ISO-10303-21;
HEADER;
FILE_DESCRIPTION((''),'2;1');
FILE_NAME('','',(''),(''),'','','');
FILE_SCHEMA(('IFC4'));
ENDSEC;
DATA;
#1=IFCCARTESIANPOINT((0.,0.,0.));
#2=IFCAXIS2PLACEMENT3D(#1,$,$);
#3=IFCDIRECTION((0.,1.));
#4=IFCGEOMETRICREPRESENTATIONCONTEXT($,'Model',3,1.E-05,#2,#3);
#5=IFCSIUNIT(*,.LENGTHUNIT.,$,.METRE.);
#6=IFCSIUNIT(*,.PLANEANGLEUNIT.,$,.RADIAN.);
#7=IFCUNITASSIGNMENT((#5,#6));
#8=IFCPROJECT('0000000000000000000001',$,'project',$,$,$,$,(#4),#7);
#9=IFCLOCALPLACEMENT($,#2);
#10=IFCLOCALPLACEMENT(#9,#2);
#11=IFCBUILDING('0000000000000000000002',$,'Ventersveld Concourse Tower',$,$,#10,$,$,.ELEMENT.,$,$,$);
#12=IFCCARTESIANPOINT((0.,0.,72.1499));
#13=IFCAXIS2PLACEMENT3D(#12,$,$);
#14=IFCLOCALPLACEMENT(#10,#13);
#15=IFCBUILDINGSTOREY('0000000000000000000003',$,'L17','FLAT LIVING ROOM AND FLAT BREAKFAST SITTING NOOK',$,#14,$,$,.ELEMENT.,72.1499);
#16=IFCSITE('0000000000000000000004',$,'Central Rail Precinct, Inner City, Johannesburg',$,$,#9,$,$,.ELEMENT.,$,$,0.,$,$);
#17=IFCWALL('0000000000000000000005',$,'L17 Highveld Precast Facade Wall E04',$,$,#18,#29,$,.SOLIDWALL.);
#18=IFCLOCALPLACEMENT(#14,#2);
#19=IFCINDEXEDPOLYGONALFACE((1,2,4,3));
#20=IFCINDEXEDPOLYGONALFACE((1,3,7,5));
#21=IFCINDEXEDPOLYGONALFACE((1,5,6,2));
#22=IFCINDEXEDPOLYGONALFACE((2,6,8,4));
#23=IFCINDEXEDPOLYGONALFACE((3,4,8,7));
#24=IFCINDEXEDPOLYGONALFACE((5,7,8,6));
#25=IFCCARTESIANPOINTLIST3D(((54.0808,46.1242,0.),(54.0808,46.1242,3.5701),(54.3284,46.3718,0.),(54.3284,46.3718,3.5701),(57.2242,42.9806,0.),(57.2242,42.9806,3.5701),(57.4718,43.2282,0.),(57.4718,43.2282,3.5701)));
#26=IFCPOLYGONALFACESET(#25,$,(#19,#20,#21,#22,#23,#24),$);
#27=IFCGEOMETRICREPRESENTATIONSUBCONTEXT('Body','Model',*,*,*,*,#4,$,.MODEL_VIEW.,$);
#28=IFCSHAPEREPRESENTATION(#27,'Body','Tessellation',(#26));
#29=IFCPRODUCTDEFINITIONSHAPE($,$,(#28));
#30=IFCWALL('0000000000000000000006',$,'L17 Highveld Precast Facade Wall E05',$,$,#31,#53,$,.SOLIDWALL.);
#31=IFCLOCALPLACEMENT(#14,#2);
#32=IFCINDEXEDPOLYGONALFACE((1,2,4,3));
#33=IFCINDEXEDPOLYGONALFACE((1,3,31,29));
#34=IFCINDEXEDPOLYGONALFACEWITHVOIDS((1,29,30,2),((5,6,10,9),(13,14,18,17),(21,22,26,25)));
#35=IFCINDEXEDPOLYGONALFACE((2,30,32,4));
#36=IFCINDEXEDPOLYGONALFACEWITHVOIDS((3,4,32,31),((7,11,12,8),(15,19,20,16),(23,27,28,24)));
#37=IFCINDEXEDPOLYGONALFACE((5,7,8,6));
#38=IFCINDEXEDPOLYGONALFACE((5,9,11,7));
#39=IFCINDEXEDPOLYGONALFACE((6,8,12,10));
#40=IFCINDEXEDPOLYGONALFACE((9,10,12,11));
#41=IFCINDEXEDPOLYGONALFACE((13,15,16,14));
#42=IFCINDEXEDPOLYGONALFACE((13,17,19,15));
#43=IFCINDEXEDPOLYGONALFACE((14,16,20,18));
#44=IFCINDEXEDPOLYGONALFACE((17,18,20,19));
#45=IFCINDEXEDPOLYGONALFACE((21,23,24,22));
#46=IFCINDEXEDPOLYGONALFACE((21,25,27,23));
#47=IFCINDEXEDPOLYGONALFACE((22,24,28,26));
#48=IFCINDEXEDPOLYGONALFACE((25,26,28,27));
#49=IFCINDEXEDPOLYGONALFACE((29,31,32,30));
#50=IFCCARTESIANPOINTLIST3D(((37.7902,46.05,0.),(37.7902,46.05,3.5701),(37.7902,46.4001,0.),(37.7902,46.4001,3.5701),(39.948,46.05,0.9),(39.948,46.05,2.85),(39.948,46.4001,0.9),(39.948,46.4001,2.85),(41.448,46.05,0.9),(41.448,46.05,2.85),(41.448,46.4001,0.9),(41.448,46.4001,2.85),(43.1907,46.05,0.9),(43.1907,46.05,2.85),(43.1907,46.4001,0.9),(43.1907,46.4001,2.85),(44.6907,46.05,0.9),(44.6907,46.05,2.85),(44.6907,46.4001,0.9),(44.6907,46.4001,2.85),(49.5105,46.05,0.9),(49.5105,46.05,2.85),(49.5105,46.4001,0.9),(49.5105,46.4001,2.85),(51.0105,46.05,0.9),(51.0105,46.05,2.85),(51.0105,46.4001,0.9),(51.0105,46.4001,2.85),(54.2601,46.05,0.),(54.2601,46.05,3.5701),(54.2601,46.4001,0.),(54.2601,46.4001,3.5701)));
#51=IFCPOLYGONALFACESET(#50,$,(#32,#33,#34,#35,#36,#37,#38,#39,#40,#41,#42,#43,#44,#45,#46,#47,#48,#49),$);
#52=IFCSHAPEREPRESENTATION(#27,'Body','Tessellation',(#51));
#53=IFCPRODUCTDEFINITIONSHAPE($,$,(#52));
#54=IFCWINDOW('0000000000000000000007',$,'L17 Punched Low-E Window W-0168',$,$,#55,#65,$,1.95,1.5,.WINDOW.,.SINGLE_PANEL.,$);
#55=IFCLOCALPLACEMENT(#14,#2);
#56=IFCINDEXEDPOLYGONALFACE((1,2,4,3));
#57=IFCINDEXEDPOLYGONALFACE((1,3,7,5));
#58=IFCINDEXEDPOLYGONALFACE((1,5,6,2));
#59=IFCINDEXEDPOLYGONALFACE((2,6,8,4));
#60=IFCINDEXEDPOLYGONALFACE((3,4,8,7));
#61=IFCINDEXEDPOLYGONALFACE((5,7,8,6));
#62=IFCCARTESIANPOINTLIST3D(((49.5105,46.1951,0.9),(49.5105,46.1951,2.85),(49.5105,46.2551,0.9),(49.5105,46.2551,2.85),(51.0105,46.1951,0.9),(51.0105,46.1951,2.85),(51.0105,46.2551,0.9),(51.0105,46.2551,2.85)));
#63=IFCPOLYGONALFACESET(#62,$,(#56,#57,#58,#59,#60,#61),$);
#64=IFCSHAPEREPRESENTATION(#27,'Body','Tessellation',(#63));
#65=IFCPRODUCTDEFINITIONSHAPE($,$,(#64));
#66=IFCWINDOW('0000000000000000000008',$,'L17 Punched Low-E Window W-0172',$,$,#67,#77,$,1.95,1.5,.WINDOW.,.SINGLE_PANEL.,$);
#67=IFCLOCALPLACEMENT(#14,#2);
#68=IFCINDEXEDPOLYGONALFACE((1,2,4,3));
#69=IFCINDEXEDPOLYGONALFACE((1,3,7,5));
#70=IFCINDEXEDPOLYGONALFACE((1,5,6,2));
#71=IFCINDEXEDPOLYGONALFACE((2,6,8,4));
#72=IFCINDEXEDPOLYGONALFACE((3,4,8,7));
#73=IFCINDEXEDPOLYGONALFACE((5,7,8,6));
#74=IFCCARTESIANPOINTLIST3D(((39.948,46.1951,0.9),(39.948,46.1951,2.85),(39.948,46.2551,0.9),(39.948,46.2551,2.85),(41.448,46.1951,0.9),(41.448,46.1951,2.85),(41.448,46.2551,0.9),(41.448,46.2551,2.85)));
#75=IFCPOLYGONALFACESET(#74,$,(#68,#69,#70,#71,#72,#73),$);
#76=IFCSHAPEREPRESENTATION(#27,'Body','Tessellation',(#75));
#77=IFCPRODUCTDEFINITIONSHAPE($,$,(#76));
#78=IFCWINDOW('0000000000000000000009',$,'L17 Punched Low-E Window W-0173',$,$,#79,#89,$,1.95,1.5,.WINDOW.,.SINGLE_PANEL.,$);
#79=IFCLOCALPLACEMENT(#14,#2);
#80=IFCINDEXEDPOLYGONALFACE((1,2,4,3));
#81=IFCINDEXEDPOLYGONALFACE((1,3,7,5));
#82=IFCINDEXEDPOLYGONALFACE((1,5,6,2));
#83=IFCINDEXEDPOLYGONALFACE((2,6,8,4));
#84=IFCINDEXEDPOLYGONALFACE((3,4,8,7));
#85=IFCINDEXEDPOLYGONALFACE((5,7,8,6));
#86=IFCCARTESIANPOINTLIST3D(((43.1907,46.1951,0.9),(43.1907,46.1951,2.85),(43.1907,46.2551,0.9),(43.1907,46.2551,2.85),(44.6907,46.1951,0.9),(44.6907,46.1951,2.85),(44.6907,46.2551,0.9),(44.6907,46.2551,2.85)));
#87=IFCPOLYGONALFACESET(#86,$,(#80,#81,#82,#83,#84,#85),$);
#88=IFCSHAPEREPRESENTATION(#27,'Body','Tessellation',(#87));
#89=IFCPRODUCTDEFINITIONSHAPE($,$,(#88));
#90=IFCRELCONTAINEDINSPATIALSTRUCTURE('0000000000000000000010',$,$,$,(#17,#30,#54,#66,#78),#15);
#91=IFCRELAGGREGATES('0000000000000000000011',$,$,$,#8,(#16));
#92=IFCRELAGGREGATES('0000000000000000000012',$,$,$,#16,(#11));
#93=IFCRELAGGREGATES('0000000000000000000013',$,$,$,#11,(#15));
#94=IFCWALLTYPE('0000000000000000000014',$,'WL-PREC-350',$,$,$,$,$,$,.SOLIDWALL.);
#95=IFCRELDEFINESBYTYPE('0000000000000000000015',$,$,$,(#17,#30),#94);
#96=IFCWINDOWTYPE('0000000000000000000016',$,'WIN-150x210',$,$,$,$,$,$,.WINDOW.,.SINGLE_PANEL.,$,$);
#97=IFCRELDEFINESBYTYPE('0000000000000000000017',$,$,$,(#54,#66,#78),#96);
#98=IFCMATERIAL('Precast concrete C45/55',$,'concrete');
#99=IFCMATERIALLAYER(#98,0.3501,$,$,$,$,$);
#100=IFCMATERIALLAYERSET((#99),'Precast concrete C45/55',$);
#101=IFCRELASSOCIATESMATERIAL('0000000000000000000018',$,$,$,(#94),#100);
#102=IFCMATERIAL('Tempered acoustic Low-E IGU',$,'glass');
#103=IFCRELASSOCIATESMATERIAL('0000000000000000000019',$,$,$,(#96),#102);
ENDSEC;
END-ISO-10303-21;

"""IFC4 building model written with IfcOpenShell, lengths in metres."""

from ifc_helpers import new_model, si_unit, direction, frame, frame_2d, origin, place, context, subcontext, project, spatial, rectangle, extrude, material, layer, layer_set, type_object, element, fill, save


model = new_model("IFC4")

# Units and contexts
model_context = context("Model", 3, precision=1e-05, world=origin(), true_north=direction((0.0, 1.0)))
body_context = subcontext(model_context, "Body", "Model", "MODEL_VIEW")
ifc_project = project(units=[si_unit("LENGTHUNIT", "METRE"), si_unit("PLANEANGLEUNIT", "RADIAN")], contexts=[model_context])

# Site, building, storey
site_placement = place(None, origin())
site = spatial("IfcSite", under=ifc_project, at=site_placement, Name="Central Rail Precinct, Inner City, Johannesburg", CompositionType="ELEMENT", RefElevation=0.0)
building_placement = place(site_placement, origin())
building = spatial("IfcBuilding", under=site, at=building_placement, Name="Ventersveld Concourse Tower", CompositionType="ELEMENT")
storey_placement = place(building_placement, frame((0.0, 0.0, 72.1499)))
storey = spatial("IfcBuildingStorey", under=building, at=storey_placement, Name="L17", Description="FLAT LIVING ROOM AND FLAT BREAKFAST SITTING NOOK", CompositionType="ELEMENT", Elevation=72.1499)

# Wall
ifc_material_1 = material(Name="Precast concrete C45/55", Category="concrete")
ifc_layer_1 = layer(ifc_material_1, 0.3501)
ifc_layer_set_1 = layer_set([ifc_layer_1], Name="Precast concrete C45/55")
wall_type_1 = type_object("IfcWallType", Name="WL-PREC-350", PredefinedType="SOLIDWALL", material=ifc_layer_set_1)
wall_1_placement = place(storey_placement, frame((57.3479, 43.1045, 0.0), z_axis=(0.0, 0.0, 1.0), x_axis=(-0.707079, 0.707134, 0.0)))
element("IfcWall", 1, at=wall_1_placement, inside=storey, type_object=wall_type_1, Name="L17 Highveld Precast Facade Wall E04", PredefinedType="SOLIDWALL", context=body_context, shape_type="SweptSolid", body=[
    extrude(rectangle(XDim=4.4456, YDim=0.3501, at=frame_2d((2.2227, 0.0))), origin(), (0.0, 0.0, 1.0), 3.5701),
])

# Wall, openings, windows
wall_2_placement = place(storey_placement, frame((54.26, 46.2251, 0.0), z_axis=(0.0, 0.0, 1.0), x_axis=(-1.0, 0.0, 0.0)))
wall_2 = element("IfcWall", 2, at=wall_2_placement, inside=storey, type_object=wall_type_1, Name="L17 Highveld Precast Facade Wall E05", PredefinedType="SOLIDWALL", context=body_context, shape_type="SweptSolid", body=[
    extrude(rectangle(XDim=16.47, YDim=0.3501, at=frame_2d((8.2349, 0.0))), origin(), (0.0, 0.0, 1.0), 3.5701),
])
opening_1_placement = place(wall_2_placement, frame((3.2495, 0.0, 0.8999)))
opening_1 = element("IfcOpeningElement", 3, at=opening_1_placement, cuts=wall_2, PredefinedType="OPENING", context=body_context, shape_type="SweptSolid", body=[
    extrude(rectangle(XDim=1.5, YDim=1.95, at=frame_2d((0.75, 0.9751))), frame((0.0, 0.1851, 0.0), z_axis=(0.0, -1.0, 0.0), x_axis=(1.0, 0.0, 0.0)), (0.0, 0.0, 1.0), 0.3701),
])
opening_2_placement = place(wall_2_placement, frame((12.812, 0.0, 0.8999)))
opening_2 = element("IfcOpeningElement", 4, at=opening_2_placement, cuts=wall_2, PredefinedType="OPENING", context=body_context, shape_type="SweptSolid", body=[
    extrude(rectangle(XDim=1.5, YDim=1.95, at=frame_2d((0.75, 0.9751))), frame((0.0, 0.1851, 0.0), z_axis=(0.0, -1.0, 0.0), x_axis=(1.0, 0.0, 0.0)), (0.0, 0.0, 1.0), 0.3701),
])
opening_3_placement = place(wall_2_placement, frame((9.5693, 0.0, 0.8999)))
opening_3 = element("IfcOpeningElement", 5, at=opening_3_placement, cuts=wall_2, PredefinedType="OPENING", context=body_context, shape_type="SweptSolid", body=[
    extrude(rectangle(XDim=1.5, YDim=1.95, at=frame_2d((0.75, 0.9751))), frame((0.0, 0.1851, 0.0), z_axis=(0.0, -1.0, 0.0), x_axis=(1.0, 0.0, 0.0)), (0.0, 0.0, 1.0), 0.3701),
])
ifc_material_2 = material(Name="Tempered acoustic Low-E IGU", Category="glass")
window_type = type_object("IfcWindowType", Name="WIN-150x210", PartitioningType="SINGLE_PANEL", PredefinedType="WINDOW", material=ifc_material_2)
window_1_placement = place(opening_1_placement, origin())
window_1 = element("IfcWindow", 6, at=window_1_placement, inside=storey, type_object=window_type, Name="L17 Punched Low-E Window W-0168", OverallHeight=1.95, OverallWidth=1.5, PartitioningType="SINGLE_PANEL", PredefinedType="WINDOW", context=body_context, shape_type="SweptSolid", body=[
    extrude(rectangle(XDim=1.5, YDim=1.95, at=frame_2d((0.75, 0.9751))), frame((0.0, 0.03, 0.0), z_axis=(0.0, -1.0, 0.0), x_axis=(1.0, 0.0, 0.0)), (0.0, 0.0, 1.0), 0.0601),
])
fill(opening_1, window_1)
window_2_placement = place(opening_2_placement, origin())
window_2 = element("IfcWindow", 7, at=window_2_placement, inside=storey, type_object=window_type, Name="L17 Punched Low-E Window W-0172", OverallHeight=1.95, OverallWidth=1.5, PartitioningType="SINGLE_PANEL", PredefinedType="WINDOW", context=body_context, shape_type="SweptSolid", body=[
    extrude(rectangle(XDim=1.5, YDim=1.95, at=frame_2d((0.75, 0.9751))), frame((0.0, 0.03, 0.0), z_axis=(0.0, -1.0, 0.0), x_axis=(1.0, 0.0, 0.0)), (0.0, 0.0, 1.0), 0.0601),
])
fill(opening_2, window_2)
window_3_placement = place(opening_3_placement, origin())
window_3 = element("IfcWindow", 8, at=window_3_placement, inside=storey, type_object=window_type, Name="L17 Punched Low-E Window W-0173", OverallHeight=1.95, OverallWidth=1.5, PartitioningType="SINGLE_PANEL", PredefinedType="WINDOW", context=body_context, shape_type="SweptSolid", body=[
    extrude(rectangle(XDim=1.5, YDim=1.95, at=frame_2d((0.75, 0.9751))), frame((0.0, 0.03, 0.0), z_axis=(0.0, -1.0, 0.0), x_axis=(1.0, 0.0, 0.0)), (0.0, 0.0, 1.0), 0.0601),
])
fill(opening_3, window_3)

save(model, "model.ifc")
